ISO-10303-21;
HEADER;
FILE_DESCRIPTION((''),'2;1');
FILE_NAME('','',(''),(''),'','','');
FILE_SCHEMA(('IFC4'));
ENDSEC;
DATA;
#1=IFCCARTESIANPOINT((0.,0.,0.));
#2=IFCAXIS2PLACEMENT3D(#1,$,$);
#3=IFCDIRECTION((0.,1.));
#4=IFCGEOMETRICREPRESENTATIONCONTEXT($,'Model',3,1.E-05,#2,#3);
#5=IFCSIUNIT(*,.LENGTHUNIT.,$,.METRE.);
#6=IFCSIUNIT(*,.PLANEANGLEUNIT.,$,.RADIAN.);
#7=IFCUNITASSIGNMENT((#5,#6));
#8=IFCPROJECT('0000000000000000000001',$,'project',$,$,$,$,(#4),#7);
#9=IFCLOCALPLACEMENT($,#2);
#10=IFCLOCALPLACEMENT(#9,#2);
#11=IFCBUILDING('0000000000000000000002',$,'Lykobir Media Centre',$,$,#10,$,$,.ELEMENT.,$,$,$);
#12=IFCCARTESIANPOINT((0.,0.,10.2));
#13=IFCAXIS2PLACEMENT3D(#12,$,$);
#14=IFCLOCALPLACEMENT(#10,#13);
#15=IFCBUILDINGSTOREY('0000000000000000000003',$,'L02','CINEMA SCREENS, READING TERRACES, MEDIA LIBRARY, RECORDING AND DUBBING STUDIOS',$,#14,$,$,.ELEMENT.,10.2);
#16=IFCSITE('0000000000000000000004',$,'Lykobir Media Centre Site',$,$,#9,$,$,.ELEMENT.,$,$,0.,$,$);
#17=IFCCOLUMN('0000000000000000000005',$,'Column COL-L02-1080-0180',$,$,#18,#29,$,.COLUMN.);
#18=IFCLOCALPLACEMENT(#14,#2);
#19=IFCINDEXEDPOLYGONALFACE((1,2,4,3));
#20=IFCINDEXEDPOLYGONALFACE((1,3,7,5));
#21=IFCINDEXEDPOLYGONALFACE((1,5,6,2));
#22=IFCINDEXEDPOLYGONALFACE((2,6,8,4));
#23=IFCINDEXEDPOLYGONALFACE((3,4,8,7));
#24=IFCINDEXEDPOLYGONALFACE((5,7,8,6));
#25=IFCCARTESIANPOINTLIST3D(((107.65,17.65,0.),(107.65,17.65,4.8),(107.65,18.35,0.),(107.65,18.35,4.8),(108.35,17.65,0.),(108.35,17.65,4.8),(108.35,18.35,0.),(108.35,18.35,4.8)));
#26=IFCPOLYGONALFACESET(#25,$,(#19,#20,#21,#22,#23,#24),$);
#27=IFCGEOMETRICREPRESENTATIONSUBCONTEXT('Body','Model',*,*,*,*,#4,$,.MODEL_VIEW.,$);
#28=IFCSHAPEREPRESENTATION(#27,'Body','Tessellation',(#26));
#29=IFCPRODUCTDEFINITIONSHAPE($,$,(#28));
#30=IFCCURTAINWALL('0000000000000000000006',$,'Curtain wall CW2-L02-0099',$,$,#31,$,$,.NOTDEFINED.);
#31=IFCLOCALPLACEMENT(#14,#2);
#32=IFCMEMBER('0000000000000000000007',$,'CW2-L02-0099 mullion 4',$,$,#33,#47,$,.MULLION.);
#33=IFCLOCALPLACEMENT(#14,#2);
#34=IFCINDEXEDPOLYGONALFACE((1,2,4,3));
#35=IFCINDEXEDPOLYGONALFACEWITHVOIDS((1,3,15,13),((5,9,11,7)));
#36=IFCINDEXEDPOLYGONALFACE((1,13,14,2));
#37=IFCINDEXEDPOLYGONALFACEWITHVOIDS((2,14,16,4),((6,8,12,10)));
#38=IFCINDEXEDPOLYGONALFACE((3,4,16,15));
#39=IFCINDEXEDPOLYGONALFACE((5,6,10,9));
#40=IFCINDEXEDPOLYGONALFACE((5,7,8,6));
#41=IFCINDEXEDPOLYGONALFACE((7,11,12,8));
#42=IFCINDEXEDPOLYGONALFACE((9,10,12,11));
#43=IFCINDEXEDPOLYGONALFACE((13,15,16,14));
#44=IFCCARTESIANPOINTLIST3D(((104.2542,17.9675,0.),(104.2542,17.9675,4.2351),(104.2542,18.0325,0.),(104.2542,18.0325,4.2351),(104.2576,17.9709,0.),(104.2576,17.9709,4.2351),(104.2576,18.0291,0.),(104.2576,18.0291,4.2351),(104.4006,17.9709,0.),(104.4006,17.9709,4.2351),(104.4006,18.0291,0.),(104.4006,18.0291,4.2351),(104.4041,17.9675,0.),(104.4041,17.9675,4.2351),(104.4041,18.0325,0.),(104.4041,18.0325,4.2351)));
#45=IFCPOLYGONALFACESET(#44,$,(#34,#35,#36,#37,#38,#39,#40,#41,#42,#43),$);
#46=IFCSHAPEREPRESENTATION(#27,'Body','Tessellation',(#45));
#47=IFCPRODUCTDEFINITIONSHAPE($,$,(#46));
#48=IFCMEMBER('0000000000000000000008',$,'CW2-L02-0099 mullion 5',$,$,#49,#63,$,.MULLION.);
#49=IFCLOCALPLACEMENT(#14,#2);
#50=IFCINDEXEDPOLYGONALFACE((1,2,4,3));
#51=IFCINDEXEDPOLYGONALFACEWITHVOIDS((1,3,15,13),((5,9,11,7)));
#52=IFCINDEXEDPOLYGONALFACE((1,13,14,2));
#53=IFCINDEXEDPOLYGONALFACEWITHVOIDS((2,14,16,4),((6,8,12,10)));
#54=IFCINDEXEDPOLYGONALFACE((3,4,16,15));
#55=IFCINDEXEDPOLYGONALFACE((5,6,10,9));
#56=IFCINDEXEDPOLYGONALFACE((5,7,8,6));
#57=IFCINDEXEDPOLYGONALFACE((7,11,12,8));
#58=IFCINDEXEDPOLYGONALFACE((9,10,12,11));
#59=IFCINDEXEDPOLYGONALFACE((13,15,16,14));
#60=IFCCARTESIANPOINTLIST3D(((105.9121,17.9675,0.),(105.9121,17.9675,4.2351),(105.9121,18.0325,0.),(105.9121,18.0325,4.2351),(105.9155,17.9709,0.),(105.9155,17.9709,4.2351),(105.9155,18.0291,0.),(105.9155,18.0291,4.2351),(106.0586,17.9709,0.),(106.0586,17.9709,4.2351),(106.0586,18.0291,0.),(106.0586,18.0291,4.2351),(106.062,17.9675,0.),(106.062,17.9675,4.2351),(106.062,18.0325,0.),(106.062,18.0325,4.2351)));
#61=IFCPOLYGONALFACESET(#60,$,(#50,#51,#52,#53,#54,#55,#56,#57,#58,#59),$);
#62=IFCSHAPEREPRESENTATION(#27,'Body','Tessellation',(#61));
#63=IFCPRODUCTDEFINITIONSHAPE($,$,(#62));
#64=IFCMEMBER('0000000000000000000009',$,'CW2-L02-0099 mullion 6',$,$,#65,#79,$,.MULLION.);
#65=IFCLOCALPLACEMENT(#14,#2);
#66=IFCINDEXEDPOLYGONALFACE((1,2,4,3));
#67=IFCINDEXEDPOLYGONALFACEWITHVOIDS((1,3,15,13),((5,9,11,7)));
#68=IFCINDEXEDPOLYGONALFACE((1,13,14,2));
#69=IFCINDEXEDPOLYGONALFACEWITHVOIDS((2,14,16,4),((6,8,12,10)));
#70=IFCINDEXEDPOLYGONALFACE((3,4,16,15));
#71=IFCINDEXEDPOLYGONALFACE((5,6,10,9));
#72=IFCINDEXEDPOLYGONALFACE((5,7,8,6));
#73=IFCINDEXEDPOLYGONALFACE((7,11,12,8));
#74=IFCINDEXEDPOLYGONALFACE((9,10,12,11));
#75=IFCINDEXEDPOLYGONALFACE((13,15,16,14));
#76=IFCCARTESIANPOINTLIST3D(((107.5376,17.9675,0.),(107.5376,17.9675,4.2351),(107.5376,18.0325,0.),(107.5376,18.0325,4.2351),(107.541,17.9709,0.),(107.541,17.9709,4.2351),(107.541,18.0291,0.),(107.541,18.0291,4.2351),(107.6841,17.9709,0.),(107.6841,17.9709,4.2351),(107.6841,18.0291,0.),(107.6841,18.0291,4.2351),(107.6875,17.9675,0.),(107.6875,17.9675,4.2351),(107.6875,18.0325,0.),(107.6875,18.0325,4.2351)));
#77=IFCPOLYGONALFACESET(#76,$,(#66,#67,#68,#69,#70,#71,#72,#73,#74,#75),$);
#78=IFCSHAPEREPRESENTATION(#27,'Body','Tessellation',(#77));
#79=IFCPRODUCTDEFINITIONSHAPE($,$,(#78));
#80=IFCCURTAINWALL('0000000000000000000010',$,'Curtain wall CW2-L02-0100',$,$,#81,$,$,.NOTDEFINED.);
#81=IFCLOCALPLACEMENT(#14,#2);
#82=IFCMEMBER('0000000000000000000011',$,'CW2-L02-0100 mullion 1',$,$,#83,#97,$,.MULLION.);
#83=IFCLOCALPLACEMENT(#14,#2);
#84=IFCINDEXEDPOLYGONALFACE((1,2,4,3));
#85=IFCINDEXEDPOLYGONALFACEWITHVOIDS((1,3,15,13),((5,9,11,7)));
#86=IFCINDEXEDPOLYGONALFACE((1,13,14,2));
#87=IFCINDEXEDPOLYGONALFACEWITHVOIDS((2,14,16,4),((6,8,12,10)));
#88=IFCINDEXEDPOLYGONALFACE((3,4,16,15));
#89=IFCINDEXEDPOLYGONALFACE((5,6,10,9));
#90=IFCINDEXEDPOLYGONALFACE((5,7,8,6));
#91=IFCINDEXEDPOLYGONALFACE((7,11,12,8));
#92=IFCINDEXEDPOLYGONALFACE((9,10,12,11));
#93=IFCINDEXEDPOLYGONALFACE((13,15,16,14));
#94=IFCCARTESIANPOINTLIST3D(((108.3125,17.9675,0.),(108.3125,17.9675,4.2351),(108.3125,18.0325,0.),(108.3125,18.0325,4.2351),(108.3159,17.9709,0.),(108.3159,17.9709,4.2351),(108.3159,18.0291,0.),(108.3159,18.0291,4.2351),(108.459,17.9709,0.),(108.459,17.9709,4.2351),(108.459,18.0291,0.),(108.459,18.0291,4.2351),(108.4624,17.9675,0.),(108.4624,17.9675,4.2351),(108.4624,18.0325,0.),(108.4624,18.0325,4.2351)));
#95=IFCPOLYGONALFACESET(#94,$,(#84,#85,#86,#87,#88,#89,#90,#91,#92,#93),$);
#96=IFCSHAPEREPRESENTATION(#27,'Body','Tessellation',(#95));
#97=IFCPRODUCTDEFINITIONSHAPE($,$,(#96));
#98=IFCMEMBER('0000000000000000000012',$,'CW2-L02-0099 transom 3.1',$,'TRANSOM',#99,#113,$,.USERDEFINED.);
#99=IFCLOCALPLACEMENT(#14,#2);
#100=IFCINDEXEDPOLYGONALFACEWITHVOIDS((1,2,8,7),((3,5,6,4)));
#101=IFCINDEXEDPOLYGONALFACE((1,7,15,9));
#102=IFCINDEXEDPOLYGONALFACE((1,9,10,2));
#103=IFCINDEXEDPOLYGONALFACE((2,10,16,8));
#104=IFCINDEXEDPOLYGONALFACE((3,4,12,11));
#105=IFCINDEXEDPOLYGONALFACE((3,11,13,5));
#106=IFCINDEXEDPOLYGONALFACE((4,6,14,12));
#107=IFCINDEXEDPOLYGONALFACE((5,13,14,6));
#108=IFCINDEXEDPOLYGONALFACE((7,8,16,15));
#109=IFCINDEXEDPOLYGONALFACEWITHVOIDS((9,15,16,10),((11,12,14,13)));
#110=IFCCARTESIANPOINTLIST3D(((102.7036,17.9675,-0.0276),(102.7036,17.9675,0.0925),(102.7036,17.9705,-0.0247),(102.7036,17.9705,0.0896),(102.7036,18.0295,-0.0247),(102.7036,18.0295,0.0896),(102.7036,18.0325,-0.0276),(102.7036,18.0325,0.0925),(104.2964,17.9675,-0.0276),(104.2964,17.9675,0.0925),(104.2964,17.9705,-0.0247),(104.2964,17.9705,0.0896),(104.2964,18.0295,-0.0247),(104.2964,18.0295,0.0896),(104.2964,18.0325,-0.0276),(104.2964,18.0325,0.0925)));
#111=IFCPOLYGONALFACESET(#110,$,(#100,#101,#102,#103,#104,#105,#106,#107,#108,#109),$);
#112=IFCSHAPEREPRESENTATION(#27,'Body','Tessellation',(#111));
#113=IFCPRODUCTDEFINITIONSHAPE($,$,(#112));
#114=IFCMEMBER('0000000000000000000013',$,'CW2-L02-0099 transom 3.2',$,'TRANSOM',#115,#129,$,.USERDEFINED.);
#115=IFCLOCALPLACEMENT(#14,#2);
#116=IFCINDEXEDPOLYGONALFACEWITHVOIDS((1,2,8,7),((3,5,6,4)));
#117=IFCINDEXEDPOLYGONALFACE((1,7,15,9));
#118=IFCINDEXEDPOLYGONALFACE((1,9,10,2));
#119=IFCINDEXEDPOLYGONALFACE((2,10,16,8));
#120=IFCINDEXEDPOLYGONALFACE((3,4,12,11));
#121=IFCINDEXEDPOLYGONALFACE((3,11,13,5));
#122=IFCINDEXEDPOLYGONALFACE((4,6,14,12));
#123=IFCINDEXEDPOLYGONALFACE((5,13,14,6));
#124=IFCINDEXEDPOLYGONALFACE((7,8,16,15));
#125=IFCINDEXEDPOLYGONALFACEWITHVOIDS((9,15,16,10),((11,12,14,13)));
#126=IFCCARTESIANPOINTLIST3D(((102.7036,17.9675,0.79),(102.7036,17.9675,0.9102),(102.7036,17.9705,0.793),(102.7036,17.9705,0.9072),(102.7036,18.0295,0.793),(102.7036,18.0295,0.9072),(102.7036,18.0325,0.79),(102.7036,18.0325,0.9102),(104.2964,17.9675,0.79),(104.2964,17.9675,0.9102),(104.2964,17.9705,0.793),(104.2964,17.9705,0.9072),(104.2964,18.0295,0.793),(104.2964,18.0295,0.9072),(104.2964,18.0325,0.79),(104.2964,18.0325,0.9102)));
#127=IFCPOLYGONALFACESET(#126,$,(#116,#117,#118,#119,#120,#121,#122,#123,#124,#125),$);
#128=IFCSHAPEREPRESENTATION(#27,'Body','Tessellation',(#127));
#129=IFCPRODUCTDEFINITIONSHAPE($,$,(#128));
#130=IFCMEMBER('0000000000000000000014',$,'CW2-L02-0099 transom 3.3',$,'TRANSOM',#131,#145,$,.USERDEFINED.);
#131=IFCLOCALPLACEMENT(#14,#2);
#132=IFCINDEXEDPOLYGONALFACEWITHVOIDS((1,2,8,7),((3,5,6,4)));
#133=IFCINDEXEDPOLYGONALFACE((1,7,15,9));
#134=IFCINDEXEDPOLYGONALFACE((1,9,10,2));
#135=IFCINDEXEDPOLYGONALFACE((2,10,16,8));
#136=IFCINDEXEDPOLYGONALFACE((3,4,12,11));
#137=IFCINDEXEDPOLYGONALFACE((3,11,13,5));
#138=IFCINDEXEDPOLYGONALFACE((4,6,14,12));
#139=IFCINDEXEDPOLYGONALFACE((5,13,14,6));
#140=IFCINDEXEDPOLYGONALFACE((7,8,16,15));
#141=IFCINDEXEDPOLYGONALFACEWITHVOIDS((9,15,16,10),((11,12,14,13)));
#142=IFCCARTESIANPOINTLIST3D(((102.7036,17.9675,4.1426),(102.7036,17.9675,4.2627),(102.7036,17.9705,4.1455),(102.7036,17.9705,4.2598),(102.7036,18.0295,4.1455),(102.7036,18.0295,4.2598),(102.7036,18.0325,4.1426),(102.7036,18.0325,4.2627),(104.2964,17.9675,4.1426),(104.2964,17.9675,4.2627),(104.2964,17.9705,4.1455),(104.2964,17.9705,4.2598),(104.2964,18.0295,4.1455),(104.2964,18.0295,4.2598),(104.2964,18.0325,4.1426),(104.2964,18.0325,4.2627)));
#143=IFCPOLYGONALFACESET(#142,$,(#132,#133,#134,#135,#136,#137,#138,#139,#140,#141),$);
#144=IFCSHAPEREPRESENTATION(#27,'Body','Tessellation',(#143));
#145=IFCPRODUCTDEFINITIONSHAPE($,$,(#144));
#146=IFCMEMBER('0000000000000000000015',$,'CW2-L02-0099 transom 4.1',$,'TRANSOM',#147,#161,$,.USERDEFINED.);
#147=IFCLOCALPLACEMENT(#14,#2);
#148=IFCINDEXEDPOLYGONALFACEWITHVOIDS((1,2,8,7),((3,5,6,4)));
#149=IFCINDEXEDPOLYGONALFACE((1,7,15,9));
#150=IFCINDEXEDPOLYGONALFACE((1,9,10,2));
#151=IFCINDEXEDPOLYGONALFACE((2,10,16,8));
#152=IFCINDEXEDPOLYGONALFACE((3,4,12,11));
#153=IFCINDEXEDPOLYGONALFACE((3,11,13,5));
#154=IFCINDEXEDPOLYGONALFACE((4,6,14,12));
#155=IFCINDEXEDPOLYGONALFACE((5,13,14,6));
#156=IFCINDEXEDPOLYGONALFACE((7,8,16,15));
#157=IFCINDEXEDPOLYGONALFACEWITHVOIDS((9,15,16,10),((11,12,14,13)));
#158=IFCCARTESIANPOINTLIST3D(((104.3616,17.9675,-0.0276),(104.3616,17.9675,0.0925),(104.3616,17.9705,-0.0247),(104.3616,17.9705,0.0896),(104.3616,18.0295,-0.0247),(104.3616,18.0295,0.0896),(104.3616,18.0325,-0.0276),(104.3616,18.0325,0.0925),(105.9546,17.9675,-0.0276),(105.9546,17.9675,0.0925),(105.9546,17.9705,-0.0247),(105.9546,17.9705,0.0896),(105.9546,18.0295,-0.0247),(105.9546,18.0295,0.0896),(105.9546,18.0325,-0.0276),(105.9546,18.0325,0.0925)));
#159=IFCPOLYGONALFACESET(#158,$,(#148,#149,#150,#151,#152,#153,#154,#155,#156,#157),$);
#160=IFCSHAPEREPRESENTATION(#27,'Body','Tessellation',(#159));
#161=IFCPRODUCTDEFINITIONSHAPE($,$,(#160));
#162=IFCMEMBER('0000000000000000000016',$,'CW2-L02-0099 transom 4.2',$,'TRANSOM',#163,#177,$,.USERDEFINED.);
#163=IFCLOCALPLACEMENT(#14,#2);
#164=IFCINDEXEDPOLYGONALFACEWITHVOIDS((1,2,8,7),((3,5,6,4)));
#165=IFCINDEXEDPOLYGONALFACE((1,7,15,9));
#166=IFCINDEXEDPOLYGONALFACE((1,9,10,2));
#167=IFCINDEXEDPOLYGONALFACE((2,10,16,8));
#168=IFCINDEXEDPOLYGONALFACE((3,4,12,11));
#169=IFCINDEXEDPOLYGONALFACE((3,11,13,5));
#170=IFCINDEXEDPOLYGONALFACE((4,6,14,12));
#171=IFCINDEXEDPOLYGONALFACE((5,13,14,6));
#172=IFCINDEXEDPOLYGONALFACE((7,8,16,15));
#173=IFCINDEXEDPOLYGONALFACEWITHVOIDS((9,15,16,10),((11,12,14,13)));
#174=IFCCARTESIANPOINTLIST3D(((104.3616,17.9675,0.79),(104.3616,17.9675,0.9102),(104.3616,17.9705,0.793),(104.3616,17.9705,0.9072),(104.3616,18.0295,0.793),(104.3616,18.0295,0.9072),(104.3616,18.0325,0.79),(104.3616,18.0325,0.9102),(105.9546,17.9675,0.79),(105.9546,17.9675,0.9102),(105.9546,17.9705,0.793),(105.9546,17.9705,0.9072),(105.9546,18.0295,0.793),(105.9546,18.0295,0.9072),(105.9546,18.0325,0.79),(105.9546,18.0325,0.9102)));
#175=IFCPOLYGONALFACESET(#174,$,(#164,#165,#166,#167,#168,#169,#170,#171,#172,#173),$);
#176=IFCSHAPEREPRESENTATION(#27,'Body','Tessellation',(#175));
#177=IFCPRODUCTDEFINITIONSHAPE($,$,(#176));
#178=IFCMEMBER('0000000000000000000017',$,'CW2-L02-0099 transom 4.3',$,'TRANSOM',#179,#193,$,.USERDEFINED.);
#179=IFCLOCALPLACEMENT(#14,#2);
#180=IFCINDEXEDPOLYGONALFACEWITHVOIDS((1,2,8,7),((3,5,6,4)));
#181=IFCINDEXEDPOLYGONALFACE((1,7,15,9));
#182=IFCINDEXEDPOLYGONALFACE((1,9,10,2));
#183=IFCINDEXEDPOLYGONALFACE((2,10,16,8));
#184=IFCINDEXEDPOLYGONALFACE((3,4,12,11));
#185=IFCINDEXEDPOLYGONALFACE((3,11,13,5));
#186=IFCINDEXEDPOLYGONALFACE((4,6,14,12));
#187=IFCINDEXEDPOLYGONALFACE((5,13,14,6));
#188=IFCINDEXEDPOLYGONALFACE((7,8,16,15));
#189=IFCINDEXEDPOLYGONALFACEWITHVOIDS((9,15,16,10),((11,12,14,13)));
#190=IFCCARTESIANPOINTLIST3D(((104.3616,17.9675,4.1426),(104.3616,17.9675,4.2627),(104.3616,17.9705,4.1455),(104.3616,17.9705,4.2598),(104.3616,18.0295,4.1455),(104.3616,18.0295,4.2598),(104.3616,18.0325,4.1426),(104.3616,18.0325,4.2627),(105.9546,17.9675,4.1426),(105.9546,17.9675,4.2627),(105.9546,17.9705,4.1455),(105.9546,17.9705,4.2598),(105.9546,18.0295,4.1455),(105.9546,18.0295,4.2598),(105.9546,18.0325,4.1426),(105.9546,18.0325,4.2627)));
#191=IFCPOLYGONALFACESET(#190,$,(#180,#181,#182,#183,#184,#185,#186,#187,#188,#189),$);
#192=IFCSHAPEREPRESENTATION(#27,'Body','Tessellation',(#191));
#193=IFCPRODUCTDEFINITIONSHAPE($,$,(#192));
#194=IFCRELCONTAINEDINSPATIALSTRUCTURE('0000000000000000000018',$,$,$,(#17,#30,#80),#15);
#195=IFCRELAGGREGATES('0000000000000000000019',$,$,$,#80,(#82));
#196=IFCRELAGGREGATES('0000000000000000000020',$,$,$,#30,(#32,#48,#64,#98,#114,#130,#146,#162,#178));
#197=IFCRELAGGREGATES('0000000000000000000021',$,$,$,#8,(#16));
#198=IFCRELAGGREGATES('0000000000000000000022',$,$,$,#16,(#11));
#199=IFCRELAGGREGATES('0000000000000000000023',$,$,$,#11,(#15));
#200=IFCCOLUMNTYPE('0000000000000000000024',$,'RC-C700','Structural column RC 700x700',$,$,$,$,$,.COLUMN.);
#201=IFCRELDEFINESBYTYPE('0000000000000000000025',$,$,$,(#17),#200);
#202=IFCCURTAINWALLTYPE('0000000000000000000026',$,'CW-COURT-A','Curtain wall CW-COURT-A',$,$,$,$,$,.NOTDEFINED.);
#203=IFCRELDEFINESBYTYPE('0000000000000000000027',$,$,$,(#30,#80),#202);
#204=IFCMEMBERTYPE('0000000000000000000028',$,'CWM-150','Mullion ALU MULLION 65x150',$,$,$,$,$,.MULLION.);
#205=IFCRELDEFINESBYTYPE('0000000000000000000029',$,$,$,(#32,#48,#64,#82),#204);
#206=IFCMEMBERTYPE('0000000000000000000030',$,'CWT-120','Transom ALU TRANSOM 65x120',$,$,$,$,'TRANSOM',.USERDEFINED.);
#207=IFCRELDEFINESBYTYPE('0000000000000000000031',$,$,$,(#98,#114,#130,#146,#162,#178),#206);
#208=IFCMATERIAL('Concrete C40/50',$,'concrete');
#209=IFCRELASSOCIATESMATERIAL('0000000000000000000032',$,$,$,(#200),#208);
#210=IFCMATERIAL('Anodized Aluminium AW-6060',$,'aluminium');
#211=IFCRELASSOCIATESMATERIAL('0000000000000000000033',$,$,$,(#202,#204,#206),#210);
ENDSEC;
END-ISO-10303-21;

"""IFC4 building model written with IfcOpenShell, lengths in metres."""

from ifc_helpers import new_model, si_unit, direction, frame, origin, origin_2d, place, context, subcontext, project, spatial, rectangle, hollow_rectangle, extrude, material, material_profile, profile_set, type_object, element, aggregate, save


model = new_model("IFC4")

# Units and contexts
model_context = context("Model", 3, precision=1e-05, world=origin(), true_north=direction((0.0, 1.0)))
body_context = subcontext(model_context, "Body", "Model", "MODEL_VIEW")
ifc_project = project(units=[si_unit("LENGTHUNIT", "METRE"), si_unit("PLANEANGLEUNIT", "RADIAN")], contexts=[model_context])

# Site, building, storey
site_placement = place(None, origin())
site = spatial("IfcSite", under=ifc_project, at=site_placement, Name="Lykobir Media Centre Site", CompositionType="ELEMENT", RefElevation=0.0)
building_placement = place(site_placement, origin())
building = spatial("IfcBuilding", under=site, at=building_placement, Name="Lykobir Media Centre", CompositionType="ELEMENT")
storey_placement = place(building_placement, frame((0.0, 0.0, 10.2)))
storey = spatial("IfcBuildingStorey", under=building, at=storey_placement, Name="L02", Description="CINEMA SCREENS, READING TERRACES, MEDIA LIBRARY, RECORDING AND DUBBING STUDIOS", CompositionType="ELEMENT", Elevation=10.2)

# Column
ifc_material_1 = material(Name="Concrete C40/50", Category="concrete")
ifc_material_profile_1 = material_profile(ifc_material_1, rectangle(XDim=0.7, YDim=0.7, at=origin_2d()), Name="RC 700x700")
ifc_profile_set_1 = profile_set([ifc_material_profile_1], Name="Concrete C40/50")
column_type = type_object("IfcColumnType", Name="RC-C700", Description="Structural column RC 700x700", PredefinedType="COLUMN", material=ifc_profile_set_1)
column_placement = place(storey_placement, frame((108.0, 18.0, 0.0), z_axis=(0.0, 0.0, 1.0), x_axis=(1.0, 0.0, 0.0)))
element("IfcColumn", 1, at=column_placement, inside=storey, type_object=column_type, Name="Column COL-L02-1080-0180", PredefinedType="COLUMN", context=body_context, shape_type="SweptSolid", body=[
    extrude(rectangle(XDim=0.7, YDim=0.7, at=origin_2d()), origin(), (0.0, 0.0, 1.0), 4.8),
])

# Curtain wall, members
ifc_material_2 = material(Name="Anodized Aluminium AW-6060", Category="aluminium")
curtain_wall_type = type_object("IfcCurtainWallType", Name="CW-COURT-A", Description="Curtain wall CW-COURT-A", PredefinedType="NOTDEFINED", material=ifc_material_2)
curtain_wall_1_placement = place(storey_placement, origin())
curtain_wall_1 = element("IfcCurtainWall", 2, at=curtain_wall_1_placement, inside=storey, type_object=curtain_wall_type, Name="Curtain wall CW2-L02-0099", PredefinedType="NOTDEFINED")
ifc_material_profile_2 = material_profile(ifc_material_2, hollow_rectangle(XDim=0.0649, YDim=0.1499, WallThickness=0.0034, at=origin_2d()), Name="ALU MULLION 65x150")
ifc_profile_set_2 = profile_set([ifc_material_profile_2], Name="Anodized Aluminium AW-6060")
member_type_1 = type_object("IfcMemberType", Name="CWM-150", Description="Mullion ALU MULLION 65x150", PredefinedType="MULLION", material=ifc_profile_set_2)
member_1_placement = place(storey_placement, frame((104.3291, 18.0, 0.0), z_axis=(0.0, 0.0, 1.0), x_axis=(0.0, 1.0, 0.0)))
member_1 = element("IfcMember", 3, at=member_1_placement, type_object=member_type_1, Name="CW2-L02-0099 mullion 4", PredefinedType="MULLION", context=body_context, shape_type="SweptSolid", body=[
    extrude(hollow_rectangle(XDim=0.0649, YDim=0.1499, WallThickness=0.0034, at=origin_2d()), origin(), (0.0, 0.0, 1.0), 4.2351),
])
member_2_placement = place(storey_placement, frame((105.9871, 18.0, 0.0), z_axis=(0.0, 0.0, 1.0), x_axis=(0.0, 1.0, 0.0)))
member_2 = element("IfcMember", 4, at=member_2_placement, type_object=member_type_1, Name="CW2-L02-0099 mullion 5", PredefinedType="MULLION", context=body_context, shape_type="SweptSolid", body=[
    extrude(hollow_rectangle(XDim=0.0649, YDim=0.1499, WallThickness=0.0034, at=origin_2d()), origin(), (0.0, 0.0, 1.0), 4.2351),
])
member_3_placement = place(storey_placement, frame((107.6125, 18.0, 0.0), z_axis=(0.0, 0.0, 1.0), x_axis=(0.0, 1.0, 0.0)))
member_3 = element("IfcMember", 5, at=member_3_placement, type_object=member_type_1, Name="CW2-L02-0099 mullion 6", PredefinedType="MULLION", context=body_context, shape_type="SweptSolid", body=[
    extrude(hollow_rectangle(XDim=0.0649, YDim=0.1499, WallThickness=0.0034, at=origin_2d()), origin(), (0.0, 0.0, 1.0), 4.2351),
])

# Curtain wall, member
curtain_wall_2_placement = place(storey_placement, origin())
curtain_wall_2 = element("IfcCurtainWall", 6, at=curtain_wall_2_placement, inside=storey, type_object=curtain_wall_type, Name="Curtain wall CW2-L02-0100", PredefinedType="NOTDEFINED")
member_4_placement = place(storey_placement, frame((108.3875, 18.0, 0.0), z_axis=(0.0, 0.0, 1.0), x_axis=(0.0, 1.0, 0.0)))
member_4 = element("IfcMember", 7, at=member_4_placement, type_object=member_type_1, Name="CW2-L02-0100 mullion 1", PredefinedType="MULLION", context=body_context, shape_type="SweptSolid", body=[
    extrude(hollow_rectangle(XDim=0.0649, YDim=0.1499, WallThickness=0.0034, at=origin_2d()), origin(), (0.0, 0.0, 1.0), 4.2351),
])

# Members
ifc_material_profile_3 = material_profile(ifc_material_2, hollow_rectangle(XDim=0.0649, YDim=0.1201, WallThickness=0.0029, at=origin_2d()), Name="ALU TRANSOM 65x120")
ifc_profile_set_3 = profile_set([ifc_material_profile_3], Name="Anodized Aluminium AW-6060")
member_type_2 = type_object("IfcMemberType", Name="CWT-120", Description="Transom ALU TRANSOM 65x120", ElementType="TRANSOM", PredefinedType="USERDEFINED", material=ifc_profile_set_3)
member_5_placement = place(storey_placement, frame((102.7036, 18.0, 0.0325), z_axis=(1.0, 0.0, 0.0), x_axis=(0.0, 1.0, 0.0)))
member_5 = element("IfcMember", 8, at=member_5_placement, type_object=member_type_2, Name="CW2-L02-0099 transom 3.1", ObjectType="TRANSOM", PredefinedType="USERDEFINED", context=body_context, shape_type="SweptSolid", body=[
    extrude(hollow_rectangle(XDim=0.0649, YDim=0.1201, WallThickness=0.0029, at=origin_2d()), origin(), (0.0, 0.0, 1.0), 1.5928),
])
member_6_placement = place(storey_placement, frame((102.7036, 18.0, 0.8501), z_axis=(1.0, 0.0, 0.0), x_axis=(0.0, 1.0, 0.0)))
member_6 = element("IfcMember", 9, at=member_6_placement, type_object=member_type_2, Name="CW2-L02-0099 transom 3.2", ObjectType="TRANSOM", PredefinedType="USERDEFINED", context=body_context, shape_type="SweptSolid", body=[
    extrude(hollow_rectangle(XDim=0.0649, YDim=0.1201, WallThickness=0.0029, at=origin_2d()), origin(), (0.0, 0.0, 1.0), 1.5928),
])
member_7_placement = place(storey_placement, frame((102.7036, 18.0, 4.2026), z_axis=(1.0, 0.0, 0.0), x_axis=(0.0, 1.0, 0.0)))
member_7 = element("IfcMember", 10, at=member_7_placement, type_object=member_type_2, Name="CW2-L02-0099 transom 3.3", ObjectType="TRANSOM", PredefinedType="USERDEFINED", context=body_context, shape_type="SweptSolid", body=[
    extrude(hollow_rectangle(XDim=0.0649, YDim=0.1201, WallThickness=0.0029, at=origin_2d()), origin(), (0.0, 0.0, 1.0), 1.5928),
])
member_8_placement = place(storey_placement, frame((104.3616, 18.0, 0.0325), z_axis=(1.0, 0.0, 0.0), x_axis=(0.0, 1.0, 0.0)))
member_8 = element("IfcMember", 11, at=member_8_placement, type_object=member_type_2, Name="CW2-L02-0099 transom 4.1", ObjectType="TRANSOM", PredefinedType="USERDEFINED", context=body_context, shape_type="SweptSolid", body=[
    extrude(hollow_rectangle(XDim=0.0649, YDim=0.1201, WallThickness=0.0029, at=origin_2d()), origin(), (0.0, 0.0, 1.0), 1.593),
])
member_9_placement = place(storey_placement, frame((104.3616, 18.0, 0.8501), z_axis=(1.0, 0.0, 0.0), x_axis=(0.0, 1.0, 0.0)))
member_9 = element("IfcMember", 12, at=member_9_placement, type_object=member_type_2, Name="CW2-L02-0099 transom 4.2", ObjectType="TRANSOM", PredefinedType="USERDEFINED", context=body_context, shape_type="SweptSolid", body=[
    extrude(hollow_rectangle(XDim=0.0649, YDim=0.1201, WallThickness=0.0029, at=origin_2d()), origin(), (0.0, 0.0, 1.0), 1.593),
])
member_10_placement = place(storey_placement, frame((104.3616, 18.0, 4.2026), z_axis=(1.0, 0.0, 0.0), x_axis=(0.0, 1.0, 0.0)))
member_10 = element("IfcMember", 13, at=member_10_placement, type_object=member_type_2, Name="CW2-L02-0099 transom 4.3", ObjectType="TRANSOM", PredefinedType="USERDEFINED", context=body_context, shape_type="SweptSolid", body=[
    extrude(hollow_rectangle(XDim=0.0649, YDim=0.1201, WallThickness=0.0029, at=origin_2d()), origin(), (0.0, 0.0, 1.0), 1.593),
])
aggregate(curtain_wall_2, [member_4])

aggregate(curtain_wall_1, [member_1, member_2, member_3, member_5, member_6, member_7, member_8, member_9, member_10])

save(model, "model.ifc")
